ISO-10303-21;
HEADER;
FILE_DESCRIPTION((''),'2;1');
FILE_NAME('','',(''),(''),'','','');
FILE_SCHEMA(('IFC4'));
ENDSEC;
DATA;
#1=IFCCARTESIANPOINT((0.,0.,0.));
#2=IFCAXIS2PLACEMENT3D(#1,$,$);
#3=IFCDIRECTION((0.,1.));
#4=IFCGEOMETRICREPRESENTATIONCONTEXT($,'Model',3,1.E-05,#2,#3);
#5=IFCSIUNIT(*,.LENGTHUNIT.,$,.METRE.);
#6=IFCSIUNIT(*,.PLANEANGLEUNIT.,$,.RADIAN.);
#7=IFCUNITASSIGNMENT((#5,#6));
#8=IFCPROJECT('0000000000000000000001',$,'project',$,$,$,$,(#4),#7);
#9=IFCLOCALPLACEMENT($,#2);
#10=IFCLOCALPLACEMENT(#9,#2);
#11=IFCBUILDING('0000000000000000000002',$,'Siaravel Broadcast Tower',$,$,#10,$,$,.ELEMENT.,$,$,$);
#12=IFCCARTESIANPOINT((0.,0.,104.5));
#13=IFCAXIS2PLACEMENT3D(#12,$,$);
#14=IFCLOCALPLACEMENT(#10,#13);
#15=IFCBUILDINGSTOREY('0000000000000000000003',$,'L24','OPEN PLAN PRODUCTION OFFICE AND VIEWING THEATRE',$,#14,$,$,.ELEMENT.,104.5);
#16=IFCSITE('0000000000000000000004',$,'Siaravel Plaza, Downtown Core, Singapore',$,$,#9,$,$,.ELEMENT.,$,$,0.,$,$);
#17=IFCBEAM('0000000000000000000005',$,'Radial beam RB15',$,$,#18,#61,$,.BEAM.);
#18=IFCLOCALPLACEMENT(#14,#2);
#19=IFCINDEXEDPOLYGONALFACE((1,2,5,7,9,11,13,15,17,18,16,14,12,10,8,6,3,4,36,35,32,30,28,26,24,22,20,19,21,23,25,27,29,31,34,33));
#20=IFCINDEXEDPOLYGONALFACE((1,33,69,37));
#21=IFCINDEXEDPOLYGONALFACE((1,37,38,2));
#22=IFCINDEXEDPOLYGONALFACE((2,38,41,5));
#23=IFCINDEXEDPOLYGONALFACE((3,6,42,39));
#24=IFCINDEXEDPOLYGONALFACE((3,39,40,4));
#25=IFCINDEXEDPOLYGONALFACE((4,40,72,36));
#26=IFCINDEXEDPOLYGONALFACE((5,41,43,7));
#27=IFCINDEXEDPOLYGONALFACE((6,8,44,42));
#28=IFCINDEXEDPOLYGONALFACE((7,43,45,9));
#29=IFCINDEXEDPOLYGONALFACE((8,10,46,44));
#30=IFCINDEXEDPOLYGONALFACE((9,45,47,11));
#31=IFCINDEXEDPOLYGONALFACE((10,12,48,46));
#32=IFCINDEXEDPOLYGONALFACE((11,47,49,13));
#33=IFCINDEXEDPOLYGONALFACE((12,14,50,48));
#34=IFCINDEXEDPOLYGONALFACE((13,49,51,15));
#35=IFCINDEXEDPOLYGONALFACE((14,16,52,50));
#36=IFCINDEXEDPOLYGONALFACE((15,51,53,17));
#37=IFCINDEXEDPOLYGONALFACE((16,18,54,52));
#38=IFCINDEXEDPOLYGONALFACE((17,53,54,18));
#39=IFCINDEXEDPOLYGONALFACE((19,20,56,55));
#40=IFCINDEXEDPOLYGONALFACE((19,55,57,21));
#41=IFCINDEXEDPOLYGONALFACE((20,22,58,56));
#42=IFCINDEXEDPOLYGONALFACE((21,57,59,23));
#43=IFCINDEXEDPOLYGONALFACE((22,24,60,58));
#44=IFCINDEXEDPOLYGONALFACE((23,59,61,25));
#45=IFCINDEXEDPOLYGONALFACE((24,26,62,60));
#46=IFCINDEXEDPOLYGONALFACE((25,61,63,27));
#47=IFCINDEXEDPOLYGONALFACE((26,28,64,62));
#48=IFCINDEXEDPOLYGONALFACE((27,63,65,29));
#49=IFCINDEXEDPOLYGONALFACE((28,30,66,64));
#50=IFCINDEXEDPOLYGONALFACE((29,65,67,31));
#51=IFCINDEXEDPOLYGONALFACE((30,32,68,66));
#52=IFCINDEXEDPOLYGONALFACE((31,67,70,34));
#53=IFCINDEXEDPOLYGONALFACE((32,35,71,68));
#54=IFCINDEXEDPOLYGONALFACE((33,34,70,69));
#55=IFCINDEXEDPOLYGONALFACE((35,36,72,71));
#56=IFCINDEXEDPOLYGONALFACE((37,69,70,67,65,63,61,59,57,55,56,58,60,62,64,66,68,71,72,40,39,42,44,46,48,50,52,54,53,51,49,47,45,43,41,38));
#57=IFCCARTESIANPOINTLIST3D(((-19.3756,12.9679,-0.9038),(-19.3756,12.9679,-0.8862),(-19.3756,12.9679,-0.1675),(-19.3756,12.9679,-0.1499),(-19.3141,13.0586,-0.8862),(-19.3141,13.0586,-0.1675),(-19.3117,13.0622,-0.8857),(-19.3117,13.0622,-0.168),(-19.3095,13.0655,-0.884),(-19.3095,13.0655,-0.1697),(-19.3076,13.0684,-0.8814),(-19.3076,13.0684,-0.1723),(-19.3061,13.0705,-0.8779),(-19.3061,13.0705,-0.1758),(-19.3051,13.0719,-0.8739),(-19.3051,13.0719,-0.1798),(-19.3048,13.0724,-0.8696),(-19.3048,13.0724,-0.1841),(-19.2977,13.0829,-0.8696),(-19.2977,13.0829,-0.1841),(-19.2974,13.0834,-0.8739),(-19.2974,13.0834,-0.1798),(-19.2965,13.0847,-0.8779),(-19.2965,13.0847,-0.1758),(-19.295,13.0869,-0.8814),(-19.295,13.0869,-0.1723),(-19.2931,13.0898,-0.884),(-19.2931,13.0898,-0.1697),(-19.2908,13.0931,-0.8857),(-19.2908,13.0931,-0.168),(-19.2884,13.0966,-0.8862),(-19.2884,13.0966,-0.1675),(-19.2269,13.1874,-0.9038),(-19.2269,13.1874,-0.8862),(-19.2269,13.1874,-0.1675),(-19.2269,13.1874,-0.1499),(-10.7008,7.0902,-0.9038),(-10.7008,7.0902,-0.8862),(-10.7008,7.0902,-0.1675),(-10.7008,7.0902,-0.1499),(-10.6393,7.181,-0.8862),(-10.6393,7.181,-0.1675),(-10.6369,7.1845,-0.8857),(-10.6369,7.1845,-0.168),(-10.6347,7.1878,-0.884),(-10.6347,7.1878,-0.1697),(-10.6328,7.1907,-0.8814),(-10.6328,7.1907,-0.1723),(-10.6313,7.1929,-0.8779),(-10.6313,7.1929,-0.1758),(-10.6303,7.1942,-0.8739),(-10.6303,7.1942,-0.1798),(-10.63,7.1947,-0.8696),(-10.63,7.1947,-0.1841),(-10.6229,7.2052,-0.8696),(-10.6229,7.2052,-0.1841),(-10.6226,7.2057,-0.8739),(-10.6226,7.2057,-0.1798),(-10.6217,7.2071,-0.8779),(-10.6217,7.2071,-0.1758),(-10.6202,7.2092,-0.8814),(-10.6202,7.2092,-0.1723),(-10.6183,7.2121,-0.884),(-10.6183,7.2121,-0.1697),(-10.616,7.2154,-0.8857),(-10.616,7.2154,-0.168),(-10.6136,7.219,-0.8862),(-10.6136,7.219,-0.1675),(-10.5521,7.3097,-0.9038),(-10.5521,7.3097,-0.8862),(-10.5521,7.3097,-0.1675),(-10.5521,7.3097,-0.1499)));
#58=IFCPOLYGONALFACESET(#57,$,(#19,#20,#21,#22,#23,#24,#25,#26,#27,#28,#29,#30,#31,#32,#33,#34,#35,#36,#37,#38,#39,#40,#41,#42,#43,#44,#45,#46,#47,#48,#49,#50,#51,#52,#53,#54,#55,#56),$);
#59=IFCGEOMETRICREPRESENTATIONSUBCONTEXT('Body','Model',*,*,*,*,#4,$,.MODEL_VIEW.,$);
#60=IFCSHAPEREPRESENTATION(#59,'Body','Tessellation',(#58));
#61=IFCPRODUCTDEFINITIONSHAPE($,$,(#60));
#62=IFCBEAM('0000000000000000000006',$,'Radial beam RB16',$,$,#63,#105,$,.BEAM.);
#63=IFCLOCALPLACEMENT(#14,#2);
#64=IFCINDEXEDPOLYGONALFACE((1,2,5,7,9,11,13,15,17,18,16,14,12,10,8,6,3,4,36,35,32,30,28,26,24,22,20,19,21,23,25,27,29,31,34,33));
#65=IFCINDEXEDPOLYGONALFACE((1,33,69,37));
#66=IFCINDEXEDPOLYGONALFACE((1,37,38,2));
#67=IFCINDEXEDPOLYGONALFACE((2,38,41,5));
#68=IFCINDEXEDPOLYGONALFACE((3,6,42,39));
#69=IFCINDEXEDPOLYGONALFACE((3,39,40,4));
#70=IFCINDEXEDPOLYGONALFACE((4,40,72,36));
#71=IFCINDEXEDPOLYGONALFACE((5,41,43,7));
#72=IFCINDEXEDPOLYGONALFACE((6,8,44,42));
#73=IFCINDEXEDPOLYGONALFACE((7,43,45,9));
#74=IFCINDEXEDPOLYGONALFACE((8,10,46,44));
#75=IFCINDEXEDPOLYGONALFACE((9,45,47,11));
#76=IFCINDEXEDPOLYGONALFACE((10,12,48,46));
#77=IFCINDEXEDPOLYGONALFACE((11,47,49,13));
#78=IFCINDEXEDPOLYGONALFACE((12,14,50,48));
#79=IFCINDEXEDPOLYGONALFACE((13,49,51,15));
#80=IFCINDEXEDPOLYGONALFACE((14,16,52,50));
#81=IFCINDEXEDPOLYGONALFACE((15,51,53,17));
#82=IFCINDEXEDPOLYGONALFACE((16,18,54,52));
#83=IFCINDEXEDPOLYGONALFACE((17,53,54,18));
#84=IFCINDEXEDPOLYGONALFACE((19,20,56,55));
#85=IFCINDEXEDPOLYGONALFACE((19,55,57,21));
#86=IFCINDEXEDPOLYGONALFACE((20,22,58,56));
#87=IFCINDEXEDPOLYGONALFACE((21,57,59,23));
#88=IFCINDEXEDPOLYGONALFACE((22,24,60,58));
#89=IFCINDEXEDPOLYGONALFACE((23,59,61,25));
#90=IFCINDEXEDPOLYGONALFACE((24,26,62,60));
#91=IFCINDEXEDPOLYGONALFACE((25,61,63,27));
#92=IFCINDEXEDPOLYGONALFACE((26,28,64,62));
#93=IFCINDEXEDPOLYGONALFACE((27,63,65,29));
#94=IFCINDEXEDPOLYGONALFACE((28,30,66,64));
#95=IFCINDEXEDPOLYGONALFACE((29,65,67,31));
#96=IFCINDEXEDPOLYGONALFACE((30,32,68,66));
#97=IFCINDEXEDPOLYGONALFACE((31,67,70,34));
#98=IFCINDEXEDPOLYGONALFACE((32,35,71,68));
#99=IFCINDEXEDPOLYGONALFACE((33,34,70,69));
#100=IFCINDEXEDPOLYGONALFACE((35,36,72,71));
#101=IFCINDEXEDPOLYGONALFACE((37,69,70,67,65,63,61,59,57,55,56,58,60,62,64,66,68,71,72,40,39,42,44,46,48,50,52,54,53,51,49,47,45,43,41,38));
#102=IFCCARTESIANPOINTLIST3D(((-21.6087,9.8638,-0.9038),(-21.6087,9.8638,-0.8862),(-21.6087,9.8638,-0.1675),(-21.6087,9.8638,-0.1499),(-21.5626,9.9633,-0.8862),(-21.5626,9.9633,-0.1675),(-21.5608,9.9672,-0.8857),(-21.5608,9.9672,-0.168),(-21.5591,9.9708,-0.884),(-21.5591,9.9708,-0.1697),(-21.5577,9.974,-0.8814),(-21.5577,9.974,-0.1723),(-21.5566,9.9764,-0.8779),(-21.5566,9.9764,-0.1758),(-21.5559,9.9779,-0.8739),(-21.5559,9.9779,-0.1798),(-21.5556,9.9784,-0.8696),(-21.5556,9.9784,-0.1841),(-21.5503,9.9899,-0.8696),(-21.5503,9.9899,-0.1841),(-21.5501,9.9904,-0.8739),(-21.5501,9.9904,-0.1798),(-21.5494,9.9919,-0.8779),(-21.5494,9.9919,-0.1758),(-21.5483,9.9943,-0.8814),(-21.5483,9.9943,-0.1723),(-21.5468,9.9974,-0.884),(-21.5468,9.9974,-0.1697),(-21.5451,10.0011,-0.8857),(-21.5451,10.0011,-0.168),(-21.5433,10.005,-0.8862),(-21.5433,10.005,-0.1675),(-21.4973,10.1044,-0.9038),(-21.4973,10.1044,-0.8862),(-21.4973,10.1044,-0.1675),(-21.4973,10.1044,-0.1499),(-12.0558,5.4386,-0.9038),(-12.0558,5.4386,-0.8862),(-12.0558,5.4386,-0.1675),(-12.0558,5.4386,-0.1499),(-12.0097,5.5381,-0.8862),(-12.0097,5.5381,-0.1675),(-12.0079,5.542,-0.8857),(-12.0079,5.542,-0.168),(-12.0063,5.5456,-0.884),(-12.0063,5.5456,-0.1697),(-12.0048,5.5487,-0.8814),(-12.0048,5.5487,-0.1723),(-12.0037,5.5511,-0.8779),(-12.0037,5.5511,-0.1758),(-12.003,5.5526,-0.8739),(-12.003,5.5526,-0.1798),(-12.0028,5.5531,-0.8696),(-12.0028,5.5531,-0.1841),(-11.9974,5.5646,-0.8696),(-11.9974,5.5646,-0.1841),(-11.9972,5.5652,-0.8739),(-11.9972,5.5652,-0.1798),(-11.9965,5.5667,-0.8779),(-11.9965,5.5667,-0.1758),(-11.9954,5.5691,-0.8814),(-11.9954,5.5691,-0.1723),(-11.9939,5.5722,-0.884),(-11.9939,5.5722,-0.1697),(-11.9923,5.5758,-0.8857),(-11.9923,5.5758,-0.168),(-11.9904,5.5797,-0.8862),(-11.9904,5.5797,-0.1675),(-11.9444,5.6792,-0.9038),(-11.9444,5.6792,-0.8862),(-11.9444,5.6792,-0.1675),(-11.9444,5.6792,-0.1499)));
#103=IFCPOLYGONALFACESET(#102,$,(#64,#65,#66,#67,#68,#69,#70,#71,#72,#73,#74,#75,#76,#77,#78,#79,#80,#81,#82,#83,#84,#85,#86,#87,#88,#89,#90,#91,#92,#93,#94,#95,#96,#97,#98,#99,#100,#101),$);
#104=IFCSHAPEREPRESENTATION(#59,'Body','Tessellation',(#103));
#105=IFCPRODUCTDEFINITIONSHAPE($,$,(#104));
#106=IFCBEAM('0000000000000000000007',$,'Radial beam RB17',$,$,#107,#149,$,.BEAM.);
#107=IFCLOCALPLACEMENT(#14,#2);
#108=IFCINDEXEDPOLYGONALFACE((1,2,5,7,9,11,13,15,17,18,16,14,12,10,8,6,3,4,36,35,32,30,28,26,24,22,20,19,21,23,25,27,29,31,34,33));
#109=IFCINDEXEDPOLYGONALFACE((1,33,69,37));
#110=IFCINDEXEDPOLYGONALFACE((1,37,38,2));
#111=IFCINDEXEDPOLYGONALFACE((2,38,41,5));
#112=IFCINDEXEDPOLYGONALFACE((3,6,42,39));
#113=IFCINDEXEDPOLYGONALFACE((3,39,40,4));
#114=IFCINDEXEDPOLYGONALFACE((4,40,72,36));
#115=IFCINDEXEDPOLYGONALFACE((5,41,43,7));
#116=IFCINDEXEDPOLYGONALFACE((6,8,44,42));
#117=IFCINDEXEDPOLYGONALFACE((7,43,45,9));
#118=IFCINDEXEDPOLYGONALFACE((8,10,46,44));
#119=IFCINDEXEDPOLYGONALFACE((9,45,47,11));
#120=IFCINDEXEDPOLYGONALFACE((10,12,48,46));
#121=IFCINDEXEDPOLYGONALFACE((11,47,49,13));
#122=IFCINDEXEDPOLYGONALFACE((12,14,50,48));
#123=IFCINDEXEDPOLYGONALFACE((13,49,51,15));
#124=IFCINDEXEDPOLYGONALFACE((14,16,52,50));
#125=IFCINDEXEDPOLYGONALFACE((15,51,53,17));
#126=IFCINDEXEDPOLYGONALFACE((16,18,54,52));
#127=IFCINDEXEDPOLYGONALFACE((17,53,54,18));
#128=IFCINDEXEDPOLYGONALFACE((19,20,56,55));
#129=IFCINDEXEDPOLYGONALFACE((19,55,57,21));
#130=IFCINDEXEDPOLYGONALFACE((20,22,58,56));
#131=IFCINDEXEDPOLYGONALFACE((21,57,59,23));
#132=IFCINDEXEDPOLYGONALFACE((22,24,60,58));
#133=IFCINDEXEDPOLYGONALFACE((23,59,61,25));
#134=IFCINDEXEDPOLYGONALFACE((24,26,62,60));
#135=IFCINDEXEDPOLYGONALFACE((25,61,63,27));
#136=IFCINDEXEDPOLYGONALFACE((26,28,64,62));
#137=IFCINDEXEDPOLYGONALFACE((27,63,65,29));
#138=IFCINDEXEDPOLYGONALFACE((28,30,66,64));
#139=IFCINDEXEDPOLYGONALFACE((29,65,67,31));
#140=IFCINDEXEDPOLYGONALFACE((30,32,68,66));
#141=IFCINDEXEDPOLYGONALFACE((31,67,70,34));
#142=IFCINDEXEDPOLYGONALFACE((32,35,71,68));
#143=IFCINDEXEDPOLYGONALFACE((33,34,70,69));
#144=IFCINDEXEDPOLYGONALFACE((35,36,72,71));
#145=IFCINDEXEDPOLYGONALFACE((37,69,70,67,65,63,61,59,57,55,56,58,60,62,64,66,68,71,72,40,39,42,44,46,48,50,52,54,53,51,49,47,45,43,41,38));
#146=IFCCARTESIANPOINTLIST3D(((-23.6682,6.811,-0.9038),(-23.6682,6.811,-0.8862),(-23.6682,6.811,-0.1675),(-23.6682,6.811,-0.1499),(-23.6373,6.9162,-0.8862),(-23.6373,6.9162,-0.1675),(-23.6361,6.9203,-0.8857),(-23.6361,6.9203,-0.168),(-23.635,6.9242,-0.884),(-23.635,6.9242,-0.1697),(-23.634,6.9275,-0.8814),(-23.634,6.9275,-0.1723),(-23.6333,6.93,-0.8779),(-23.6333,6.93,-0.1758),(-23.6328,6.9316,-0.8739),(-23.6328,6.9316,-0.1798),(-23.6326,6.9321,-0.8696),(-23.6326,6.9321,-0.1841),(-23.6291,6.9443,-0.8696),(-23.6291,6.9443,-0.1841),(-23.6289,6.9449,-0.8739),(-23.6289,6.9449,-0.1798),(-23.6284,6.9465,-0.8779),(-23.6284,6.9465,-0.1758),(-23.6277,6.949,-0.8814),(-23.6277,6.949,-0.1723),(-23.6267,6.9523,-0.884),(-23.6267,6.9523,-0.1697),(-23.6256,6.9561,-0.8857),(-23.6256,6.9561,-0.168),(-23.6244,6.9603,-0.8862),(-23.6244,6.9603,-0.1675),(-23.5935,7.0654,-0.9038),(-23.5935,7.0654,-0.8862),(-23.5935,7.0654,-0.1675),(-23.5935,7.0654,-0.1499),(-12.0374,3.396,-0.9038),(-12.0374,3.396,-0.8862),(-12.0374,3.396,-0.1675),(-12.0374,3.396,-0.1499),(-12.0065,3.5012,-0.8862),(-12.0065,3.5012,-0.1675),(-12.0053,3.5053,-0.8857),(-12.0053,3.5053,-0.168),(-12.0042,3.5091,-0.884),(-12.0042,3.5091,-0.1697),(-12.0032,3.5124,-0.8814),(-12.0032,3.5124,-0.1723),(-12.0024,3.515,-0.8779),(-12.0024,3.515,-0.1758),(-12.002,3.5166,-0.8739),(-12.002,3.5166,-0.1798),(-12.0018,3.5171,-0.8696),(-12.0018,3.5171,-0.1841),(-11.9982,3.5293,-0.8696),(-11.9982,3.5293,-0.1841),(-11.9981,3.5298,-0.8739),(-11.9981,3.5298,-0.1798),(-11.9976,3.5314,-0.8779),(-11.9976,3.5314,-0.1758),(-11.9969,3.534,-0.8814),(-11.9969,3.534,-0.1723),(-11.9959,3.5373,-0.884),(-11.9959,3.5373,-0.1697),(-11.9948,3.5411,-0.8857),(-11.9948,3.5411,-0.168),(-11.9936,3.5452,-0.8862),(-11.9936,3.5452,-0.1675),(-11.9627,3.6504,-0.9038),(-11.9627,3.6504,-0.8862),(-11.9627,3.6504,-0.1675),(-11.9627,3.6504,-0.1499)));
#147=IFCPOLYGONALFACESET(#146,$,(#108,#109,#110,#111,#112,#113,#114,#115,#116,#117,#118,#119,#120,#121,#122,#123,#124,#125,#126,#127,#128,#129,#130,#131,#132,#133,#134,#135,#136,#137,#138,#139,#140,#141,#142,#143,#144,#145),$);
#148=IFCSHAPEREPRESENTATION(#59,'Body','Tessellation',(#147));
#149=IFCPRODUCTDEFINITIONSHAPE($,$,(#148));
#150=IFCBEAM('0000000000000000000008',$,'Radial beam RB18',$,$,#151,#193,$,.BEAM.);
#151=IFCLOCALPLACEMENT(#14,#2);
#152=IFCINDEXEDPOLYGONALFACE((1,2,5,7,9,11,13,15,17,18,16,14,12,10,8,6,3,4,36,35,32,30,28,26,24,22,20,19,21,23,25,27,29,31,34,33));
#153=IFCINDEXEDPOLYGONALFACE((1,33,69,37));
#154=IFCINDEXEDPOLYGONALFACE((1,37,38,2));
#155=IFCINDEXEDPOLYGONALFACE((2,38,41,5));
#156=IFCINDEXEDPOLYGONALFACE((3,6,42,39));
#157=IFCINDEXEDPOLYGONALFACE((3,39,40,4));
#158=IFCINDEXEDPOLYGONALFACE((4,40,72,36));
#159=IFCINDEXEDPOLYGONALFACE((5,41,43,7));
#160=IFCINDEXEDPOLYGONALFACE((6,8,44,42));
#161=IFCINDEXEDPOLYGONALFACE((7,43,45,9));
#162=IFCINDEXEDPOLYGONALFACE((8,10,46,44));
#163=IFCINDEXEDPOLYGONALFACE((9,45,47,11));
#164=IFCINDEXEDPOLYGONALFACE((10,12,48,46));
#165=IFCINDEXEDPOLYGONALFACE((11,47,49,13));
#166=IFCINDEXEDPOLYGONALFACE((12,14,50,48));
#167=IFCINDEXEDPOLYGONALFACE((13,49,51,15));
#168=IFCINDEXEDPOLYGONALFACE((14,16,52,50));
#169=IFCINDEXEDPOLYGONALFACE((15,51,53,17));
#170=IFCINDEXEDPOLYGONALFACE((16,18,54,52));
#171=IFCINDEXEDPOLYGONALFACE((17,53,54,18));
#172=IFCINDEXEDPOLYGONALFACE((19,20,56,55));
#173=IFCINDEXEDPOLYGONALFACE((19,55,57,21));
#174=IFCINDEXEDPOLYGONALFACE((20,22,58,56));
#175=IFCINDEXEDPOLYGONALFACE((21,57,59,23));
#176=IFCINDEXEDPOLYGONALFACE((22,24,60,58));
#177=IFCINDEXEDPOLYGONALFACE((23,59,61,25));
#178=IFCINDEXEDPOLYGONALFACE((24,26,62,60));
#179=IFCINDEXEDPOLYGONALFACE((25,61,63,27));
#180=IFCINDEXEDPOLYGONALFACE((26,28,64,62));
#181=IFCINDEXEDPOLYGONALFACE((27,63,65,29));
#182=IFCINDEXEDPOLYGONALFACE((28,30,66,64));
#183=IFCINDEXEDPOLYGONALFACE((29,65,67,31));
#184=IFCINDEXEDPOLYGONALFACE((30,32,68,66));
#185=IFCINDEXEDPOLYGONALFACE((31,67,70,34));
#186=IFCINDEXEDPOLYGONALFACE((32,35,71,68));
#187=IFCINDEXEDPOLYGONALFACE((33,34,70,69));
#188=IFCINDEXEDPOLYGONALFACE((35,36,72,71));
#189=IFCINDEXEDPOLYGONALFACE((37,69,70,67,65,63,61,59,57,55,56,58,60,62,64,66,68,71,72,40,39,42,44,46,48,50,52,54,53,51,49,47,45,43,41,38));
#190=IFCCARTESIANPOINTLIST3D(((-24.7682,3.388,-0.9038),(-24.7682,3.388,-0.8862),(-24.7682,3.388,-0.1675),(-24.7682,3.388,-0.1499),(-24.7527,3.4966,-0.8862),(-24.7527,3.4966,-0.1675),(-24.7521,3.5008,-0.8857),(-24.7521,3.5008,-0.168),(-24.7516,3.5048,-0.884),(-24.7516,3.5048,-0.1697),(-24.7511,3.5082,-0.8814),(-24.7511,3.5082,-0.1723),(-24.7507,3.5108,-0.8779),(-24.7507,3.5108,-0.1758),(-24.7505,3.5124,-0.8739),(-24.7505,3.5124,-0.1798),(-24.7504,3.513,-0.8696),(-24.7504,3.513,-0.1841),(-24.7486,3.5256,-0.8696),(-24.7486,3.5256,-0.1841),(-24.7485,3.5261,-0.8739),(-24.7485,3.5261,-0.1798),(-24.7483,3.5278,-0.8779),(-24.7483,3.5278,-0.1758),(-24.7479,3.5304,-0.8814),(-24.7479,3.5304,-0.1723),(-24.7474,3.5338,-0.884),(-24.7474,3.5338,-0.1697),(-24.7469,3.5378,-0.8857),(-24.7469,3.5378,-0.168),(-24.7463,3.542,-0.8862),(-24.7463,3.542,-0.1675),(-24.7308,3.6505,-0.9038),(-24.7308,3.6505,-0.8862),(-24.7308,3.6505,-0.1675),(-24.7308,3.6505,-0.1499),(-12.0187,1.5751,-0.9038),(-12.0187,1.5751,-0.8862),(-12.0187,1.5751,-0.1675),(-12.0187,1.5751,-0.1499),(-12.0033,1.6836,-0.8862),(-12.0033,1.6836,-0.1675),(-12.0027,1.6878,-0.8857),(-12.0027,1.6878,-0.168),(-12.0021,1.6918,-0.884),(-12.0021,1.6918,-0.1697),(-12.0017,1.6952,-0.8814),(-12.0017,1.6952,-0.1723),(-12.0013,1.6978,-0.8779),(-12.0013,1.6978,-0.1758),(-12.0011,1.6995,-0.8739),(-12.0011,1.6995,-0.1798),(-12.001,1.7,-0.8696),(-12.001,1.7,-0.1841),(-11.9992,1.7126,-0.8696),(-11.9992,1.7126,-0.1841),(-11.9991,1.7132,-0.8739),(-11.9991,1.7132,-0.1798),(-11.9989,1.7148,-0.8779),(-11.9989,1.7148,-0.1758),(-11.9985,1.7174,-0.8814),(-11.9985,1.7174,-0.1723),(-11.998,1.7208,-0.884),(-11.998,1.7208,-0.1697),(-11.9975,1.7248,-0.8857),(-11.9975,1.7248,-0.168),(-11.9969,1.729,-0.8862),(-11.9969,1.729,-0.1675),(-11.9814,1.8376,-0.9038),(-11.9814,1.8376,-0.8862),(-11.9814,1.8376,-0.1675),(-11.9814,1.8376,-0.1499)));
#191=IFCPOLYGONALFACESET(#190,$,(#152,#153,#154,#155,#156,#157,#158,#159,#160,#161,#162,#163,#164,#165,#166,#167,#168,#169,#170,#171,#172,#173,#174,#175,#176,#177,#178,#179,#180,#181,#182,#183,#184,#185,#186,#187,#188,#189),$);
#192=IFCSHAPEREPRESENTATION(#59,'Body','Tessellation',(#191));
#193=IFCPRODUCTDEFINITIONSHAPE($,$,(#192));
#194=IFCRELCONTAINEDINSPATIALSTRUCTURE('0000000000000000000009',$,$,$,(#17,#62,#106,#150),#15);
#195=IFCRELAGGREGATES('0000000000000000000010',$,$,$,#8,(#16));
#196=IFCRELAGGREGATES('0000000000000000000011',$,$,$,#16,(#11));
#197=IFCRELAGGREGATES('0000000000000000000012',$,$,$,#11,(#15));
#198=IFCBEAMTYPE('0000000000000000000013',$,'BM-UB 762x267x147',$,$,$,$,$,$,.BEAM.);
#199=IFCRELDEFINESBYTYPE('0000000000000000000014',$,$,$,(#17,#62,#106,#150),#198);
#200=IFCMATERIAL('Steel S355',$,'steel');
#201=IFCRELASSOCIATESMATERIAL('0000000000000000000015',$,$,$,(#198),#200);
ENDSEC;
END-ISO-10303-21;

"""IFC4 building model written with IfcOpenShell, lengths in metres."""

from ifc_helpers import new_model, si_unit, direction, frame, origin, origin_2d, place, context, subcontext, project, spatial, i_section, extrude, material, material_profile, profile_set, type_object, element, save


model = new_model("IFC4")

# Units and contexts
model_context = context("Model", 3, precision=1e-05, world=origin(), true_north=direction((0.0, 1.0)))
body_context = subcontext(model_context, "Body", "Model", "MODEL_VIEW")
ifc_project = project(units=[si_unit("LENGTHUNIT", "METRE"), si_unit("PLANEANGLEUNIT", "RADIAN")], contexts=[model_context])

# Site, building, storey
site_placement = place(None, origin())
site = spatial("IfcSite", under=ifc_project, at=site_placement, Name="Siaravel Plaza, Downtown Core, Singapore", CompositionType="ELEMENT", RefElevation=0.0)
building_placement = place(site_placement, origin())
building = spatial("IfcBuilding", under=site, at=building_placement, Name="Siaravel Broadcast Tower", CompositionType="ELEMENT")
storey_placement = place(building_placement, frame((0.0, 0.0, 104.5)))
storey = spatial("IfcBuildingStorey", under=building, at=storey_placement, Name="L24", Description="OPEN PLAN PRODUCTION OFFICE AND VIEWING THEATRE", CompositionType="ELEMENT", Elevation=104.5)

# Beams
ifc_material_1 = material(Name="Steel S355", Category="steel")
ifc_material_profile_1 = material_profile(ifc_material_1, i_section(OverallWidth=0.2651, OverallDepth=0.7539, WebThickness=0.0127, FlangeThickness=0.0176, FilletRadius=0.0166, at=origin_2d()))
ifc_profile_set_1 = profile_set([ifc_material_profile_1], Name="Steel S355")
beam_type = type_object("IfcBeamType", Name="BM-UB 762x267x147", PredefinedType="BEAM", material=ifc_profile_set_1)
beam_1_placement = place(storey_placement, frame((-19.3013, 13.0776, -0.5269), z_axis=(0.827865, -0.560927, 0.0), x_axis=(0.560927, 0.827865, 0.0)))
element("IfcBeam", 1, at=beam_1_placement, inside=storey, type_object=beam_type, Name="Radial beam RB15", PredefinedType="BEAM", context=body_context, shape_type="SweptSolid", body=[
    extrude(i_section(OverallWidth=0.2651, OverallDepth=0.7539, WebThickness=0.0127, FlangeThickness=0.0176, FilletRadius=0.0166, at=origin_2d()), origin(), (0.0, 0.0, 1.0), 10.4785),
])
beam_2_placement = place(storey_placement, frame((-21.553, 9.9841, -0.5269), z_axis=(0.907372, -0.420328, 0.0), x_axis=(0.420328, 0.907372, 0.0)))
element("IfcBeam", 2, at=beam_2_placement, inside=storey, type_object=beam_type, Name="Radial beam RB16", PredefinedType="BEAM", context=body_context, shape_type="SweptSolid", body=[
    extrude(i_section(OverallWidth=0.2651, OverallDepth=0.7539, WebThickness=0.0127, FlangeThickness=0.0176, FilletRadius=0.0166, at=origin_2d()), origin(), (0.0, 0.0, 1.0), 10.5281),
])
beam_3_placement = place(storey_placement, frame((-23.6309, 6.9382, -0.5269), z_axis=(0.959495, -0.281726, 0.0), x_axis=(0.281726, 0.959495, 0.0)))
element("IfcBeam", 3, at=beam_3_placement, inside=storey, type_object=beam_type, Name="Radial beam RB17", PredefinedType="BEAM", context=body_context, shape_type="SweptSolid", body=[
    extrude(i_section(OverallWidth=0.2651, OverallDepth=0.7539, WebThickness=0.0127, FlangeThickness=0.0176, FilletRadius=0.0166, at=origin_2d()), origin(), (0.0, 0.0, 1.0), 12.1218),
])
beam_4_placement = place(storey_placement, frame((-24.7495, 3.5193, -0.5269), z_axis=(0.99004, -0.140784, 0.0), x_axis=(0.140784, 0.99004, 0.0)))
element("IfcBeam", 4, at=beam_4_placement, inside=storey, type_object=beam_type, Name="Radial beam RB18", PredefinedType="BEAM", context=body_context, shape_type="SweptSolid", body=[
    extrude(i_section(OverallWidth=0.2651, OverallDepth=0.7539, WebThickness=0.0127, FlangeThickness=0.0176, FilletRadius=0.0166, at=origin_2d()), origin(), (0.0, 0.0, 1.0), 12.8777),
])

save(model, "model.ifc")
